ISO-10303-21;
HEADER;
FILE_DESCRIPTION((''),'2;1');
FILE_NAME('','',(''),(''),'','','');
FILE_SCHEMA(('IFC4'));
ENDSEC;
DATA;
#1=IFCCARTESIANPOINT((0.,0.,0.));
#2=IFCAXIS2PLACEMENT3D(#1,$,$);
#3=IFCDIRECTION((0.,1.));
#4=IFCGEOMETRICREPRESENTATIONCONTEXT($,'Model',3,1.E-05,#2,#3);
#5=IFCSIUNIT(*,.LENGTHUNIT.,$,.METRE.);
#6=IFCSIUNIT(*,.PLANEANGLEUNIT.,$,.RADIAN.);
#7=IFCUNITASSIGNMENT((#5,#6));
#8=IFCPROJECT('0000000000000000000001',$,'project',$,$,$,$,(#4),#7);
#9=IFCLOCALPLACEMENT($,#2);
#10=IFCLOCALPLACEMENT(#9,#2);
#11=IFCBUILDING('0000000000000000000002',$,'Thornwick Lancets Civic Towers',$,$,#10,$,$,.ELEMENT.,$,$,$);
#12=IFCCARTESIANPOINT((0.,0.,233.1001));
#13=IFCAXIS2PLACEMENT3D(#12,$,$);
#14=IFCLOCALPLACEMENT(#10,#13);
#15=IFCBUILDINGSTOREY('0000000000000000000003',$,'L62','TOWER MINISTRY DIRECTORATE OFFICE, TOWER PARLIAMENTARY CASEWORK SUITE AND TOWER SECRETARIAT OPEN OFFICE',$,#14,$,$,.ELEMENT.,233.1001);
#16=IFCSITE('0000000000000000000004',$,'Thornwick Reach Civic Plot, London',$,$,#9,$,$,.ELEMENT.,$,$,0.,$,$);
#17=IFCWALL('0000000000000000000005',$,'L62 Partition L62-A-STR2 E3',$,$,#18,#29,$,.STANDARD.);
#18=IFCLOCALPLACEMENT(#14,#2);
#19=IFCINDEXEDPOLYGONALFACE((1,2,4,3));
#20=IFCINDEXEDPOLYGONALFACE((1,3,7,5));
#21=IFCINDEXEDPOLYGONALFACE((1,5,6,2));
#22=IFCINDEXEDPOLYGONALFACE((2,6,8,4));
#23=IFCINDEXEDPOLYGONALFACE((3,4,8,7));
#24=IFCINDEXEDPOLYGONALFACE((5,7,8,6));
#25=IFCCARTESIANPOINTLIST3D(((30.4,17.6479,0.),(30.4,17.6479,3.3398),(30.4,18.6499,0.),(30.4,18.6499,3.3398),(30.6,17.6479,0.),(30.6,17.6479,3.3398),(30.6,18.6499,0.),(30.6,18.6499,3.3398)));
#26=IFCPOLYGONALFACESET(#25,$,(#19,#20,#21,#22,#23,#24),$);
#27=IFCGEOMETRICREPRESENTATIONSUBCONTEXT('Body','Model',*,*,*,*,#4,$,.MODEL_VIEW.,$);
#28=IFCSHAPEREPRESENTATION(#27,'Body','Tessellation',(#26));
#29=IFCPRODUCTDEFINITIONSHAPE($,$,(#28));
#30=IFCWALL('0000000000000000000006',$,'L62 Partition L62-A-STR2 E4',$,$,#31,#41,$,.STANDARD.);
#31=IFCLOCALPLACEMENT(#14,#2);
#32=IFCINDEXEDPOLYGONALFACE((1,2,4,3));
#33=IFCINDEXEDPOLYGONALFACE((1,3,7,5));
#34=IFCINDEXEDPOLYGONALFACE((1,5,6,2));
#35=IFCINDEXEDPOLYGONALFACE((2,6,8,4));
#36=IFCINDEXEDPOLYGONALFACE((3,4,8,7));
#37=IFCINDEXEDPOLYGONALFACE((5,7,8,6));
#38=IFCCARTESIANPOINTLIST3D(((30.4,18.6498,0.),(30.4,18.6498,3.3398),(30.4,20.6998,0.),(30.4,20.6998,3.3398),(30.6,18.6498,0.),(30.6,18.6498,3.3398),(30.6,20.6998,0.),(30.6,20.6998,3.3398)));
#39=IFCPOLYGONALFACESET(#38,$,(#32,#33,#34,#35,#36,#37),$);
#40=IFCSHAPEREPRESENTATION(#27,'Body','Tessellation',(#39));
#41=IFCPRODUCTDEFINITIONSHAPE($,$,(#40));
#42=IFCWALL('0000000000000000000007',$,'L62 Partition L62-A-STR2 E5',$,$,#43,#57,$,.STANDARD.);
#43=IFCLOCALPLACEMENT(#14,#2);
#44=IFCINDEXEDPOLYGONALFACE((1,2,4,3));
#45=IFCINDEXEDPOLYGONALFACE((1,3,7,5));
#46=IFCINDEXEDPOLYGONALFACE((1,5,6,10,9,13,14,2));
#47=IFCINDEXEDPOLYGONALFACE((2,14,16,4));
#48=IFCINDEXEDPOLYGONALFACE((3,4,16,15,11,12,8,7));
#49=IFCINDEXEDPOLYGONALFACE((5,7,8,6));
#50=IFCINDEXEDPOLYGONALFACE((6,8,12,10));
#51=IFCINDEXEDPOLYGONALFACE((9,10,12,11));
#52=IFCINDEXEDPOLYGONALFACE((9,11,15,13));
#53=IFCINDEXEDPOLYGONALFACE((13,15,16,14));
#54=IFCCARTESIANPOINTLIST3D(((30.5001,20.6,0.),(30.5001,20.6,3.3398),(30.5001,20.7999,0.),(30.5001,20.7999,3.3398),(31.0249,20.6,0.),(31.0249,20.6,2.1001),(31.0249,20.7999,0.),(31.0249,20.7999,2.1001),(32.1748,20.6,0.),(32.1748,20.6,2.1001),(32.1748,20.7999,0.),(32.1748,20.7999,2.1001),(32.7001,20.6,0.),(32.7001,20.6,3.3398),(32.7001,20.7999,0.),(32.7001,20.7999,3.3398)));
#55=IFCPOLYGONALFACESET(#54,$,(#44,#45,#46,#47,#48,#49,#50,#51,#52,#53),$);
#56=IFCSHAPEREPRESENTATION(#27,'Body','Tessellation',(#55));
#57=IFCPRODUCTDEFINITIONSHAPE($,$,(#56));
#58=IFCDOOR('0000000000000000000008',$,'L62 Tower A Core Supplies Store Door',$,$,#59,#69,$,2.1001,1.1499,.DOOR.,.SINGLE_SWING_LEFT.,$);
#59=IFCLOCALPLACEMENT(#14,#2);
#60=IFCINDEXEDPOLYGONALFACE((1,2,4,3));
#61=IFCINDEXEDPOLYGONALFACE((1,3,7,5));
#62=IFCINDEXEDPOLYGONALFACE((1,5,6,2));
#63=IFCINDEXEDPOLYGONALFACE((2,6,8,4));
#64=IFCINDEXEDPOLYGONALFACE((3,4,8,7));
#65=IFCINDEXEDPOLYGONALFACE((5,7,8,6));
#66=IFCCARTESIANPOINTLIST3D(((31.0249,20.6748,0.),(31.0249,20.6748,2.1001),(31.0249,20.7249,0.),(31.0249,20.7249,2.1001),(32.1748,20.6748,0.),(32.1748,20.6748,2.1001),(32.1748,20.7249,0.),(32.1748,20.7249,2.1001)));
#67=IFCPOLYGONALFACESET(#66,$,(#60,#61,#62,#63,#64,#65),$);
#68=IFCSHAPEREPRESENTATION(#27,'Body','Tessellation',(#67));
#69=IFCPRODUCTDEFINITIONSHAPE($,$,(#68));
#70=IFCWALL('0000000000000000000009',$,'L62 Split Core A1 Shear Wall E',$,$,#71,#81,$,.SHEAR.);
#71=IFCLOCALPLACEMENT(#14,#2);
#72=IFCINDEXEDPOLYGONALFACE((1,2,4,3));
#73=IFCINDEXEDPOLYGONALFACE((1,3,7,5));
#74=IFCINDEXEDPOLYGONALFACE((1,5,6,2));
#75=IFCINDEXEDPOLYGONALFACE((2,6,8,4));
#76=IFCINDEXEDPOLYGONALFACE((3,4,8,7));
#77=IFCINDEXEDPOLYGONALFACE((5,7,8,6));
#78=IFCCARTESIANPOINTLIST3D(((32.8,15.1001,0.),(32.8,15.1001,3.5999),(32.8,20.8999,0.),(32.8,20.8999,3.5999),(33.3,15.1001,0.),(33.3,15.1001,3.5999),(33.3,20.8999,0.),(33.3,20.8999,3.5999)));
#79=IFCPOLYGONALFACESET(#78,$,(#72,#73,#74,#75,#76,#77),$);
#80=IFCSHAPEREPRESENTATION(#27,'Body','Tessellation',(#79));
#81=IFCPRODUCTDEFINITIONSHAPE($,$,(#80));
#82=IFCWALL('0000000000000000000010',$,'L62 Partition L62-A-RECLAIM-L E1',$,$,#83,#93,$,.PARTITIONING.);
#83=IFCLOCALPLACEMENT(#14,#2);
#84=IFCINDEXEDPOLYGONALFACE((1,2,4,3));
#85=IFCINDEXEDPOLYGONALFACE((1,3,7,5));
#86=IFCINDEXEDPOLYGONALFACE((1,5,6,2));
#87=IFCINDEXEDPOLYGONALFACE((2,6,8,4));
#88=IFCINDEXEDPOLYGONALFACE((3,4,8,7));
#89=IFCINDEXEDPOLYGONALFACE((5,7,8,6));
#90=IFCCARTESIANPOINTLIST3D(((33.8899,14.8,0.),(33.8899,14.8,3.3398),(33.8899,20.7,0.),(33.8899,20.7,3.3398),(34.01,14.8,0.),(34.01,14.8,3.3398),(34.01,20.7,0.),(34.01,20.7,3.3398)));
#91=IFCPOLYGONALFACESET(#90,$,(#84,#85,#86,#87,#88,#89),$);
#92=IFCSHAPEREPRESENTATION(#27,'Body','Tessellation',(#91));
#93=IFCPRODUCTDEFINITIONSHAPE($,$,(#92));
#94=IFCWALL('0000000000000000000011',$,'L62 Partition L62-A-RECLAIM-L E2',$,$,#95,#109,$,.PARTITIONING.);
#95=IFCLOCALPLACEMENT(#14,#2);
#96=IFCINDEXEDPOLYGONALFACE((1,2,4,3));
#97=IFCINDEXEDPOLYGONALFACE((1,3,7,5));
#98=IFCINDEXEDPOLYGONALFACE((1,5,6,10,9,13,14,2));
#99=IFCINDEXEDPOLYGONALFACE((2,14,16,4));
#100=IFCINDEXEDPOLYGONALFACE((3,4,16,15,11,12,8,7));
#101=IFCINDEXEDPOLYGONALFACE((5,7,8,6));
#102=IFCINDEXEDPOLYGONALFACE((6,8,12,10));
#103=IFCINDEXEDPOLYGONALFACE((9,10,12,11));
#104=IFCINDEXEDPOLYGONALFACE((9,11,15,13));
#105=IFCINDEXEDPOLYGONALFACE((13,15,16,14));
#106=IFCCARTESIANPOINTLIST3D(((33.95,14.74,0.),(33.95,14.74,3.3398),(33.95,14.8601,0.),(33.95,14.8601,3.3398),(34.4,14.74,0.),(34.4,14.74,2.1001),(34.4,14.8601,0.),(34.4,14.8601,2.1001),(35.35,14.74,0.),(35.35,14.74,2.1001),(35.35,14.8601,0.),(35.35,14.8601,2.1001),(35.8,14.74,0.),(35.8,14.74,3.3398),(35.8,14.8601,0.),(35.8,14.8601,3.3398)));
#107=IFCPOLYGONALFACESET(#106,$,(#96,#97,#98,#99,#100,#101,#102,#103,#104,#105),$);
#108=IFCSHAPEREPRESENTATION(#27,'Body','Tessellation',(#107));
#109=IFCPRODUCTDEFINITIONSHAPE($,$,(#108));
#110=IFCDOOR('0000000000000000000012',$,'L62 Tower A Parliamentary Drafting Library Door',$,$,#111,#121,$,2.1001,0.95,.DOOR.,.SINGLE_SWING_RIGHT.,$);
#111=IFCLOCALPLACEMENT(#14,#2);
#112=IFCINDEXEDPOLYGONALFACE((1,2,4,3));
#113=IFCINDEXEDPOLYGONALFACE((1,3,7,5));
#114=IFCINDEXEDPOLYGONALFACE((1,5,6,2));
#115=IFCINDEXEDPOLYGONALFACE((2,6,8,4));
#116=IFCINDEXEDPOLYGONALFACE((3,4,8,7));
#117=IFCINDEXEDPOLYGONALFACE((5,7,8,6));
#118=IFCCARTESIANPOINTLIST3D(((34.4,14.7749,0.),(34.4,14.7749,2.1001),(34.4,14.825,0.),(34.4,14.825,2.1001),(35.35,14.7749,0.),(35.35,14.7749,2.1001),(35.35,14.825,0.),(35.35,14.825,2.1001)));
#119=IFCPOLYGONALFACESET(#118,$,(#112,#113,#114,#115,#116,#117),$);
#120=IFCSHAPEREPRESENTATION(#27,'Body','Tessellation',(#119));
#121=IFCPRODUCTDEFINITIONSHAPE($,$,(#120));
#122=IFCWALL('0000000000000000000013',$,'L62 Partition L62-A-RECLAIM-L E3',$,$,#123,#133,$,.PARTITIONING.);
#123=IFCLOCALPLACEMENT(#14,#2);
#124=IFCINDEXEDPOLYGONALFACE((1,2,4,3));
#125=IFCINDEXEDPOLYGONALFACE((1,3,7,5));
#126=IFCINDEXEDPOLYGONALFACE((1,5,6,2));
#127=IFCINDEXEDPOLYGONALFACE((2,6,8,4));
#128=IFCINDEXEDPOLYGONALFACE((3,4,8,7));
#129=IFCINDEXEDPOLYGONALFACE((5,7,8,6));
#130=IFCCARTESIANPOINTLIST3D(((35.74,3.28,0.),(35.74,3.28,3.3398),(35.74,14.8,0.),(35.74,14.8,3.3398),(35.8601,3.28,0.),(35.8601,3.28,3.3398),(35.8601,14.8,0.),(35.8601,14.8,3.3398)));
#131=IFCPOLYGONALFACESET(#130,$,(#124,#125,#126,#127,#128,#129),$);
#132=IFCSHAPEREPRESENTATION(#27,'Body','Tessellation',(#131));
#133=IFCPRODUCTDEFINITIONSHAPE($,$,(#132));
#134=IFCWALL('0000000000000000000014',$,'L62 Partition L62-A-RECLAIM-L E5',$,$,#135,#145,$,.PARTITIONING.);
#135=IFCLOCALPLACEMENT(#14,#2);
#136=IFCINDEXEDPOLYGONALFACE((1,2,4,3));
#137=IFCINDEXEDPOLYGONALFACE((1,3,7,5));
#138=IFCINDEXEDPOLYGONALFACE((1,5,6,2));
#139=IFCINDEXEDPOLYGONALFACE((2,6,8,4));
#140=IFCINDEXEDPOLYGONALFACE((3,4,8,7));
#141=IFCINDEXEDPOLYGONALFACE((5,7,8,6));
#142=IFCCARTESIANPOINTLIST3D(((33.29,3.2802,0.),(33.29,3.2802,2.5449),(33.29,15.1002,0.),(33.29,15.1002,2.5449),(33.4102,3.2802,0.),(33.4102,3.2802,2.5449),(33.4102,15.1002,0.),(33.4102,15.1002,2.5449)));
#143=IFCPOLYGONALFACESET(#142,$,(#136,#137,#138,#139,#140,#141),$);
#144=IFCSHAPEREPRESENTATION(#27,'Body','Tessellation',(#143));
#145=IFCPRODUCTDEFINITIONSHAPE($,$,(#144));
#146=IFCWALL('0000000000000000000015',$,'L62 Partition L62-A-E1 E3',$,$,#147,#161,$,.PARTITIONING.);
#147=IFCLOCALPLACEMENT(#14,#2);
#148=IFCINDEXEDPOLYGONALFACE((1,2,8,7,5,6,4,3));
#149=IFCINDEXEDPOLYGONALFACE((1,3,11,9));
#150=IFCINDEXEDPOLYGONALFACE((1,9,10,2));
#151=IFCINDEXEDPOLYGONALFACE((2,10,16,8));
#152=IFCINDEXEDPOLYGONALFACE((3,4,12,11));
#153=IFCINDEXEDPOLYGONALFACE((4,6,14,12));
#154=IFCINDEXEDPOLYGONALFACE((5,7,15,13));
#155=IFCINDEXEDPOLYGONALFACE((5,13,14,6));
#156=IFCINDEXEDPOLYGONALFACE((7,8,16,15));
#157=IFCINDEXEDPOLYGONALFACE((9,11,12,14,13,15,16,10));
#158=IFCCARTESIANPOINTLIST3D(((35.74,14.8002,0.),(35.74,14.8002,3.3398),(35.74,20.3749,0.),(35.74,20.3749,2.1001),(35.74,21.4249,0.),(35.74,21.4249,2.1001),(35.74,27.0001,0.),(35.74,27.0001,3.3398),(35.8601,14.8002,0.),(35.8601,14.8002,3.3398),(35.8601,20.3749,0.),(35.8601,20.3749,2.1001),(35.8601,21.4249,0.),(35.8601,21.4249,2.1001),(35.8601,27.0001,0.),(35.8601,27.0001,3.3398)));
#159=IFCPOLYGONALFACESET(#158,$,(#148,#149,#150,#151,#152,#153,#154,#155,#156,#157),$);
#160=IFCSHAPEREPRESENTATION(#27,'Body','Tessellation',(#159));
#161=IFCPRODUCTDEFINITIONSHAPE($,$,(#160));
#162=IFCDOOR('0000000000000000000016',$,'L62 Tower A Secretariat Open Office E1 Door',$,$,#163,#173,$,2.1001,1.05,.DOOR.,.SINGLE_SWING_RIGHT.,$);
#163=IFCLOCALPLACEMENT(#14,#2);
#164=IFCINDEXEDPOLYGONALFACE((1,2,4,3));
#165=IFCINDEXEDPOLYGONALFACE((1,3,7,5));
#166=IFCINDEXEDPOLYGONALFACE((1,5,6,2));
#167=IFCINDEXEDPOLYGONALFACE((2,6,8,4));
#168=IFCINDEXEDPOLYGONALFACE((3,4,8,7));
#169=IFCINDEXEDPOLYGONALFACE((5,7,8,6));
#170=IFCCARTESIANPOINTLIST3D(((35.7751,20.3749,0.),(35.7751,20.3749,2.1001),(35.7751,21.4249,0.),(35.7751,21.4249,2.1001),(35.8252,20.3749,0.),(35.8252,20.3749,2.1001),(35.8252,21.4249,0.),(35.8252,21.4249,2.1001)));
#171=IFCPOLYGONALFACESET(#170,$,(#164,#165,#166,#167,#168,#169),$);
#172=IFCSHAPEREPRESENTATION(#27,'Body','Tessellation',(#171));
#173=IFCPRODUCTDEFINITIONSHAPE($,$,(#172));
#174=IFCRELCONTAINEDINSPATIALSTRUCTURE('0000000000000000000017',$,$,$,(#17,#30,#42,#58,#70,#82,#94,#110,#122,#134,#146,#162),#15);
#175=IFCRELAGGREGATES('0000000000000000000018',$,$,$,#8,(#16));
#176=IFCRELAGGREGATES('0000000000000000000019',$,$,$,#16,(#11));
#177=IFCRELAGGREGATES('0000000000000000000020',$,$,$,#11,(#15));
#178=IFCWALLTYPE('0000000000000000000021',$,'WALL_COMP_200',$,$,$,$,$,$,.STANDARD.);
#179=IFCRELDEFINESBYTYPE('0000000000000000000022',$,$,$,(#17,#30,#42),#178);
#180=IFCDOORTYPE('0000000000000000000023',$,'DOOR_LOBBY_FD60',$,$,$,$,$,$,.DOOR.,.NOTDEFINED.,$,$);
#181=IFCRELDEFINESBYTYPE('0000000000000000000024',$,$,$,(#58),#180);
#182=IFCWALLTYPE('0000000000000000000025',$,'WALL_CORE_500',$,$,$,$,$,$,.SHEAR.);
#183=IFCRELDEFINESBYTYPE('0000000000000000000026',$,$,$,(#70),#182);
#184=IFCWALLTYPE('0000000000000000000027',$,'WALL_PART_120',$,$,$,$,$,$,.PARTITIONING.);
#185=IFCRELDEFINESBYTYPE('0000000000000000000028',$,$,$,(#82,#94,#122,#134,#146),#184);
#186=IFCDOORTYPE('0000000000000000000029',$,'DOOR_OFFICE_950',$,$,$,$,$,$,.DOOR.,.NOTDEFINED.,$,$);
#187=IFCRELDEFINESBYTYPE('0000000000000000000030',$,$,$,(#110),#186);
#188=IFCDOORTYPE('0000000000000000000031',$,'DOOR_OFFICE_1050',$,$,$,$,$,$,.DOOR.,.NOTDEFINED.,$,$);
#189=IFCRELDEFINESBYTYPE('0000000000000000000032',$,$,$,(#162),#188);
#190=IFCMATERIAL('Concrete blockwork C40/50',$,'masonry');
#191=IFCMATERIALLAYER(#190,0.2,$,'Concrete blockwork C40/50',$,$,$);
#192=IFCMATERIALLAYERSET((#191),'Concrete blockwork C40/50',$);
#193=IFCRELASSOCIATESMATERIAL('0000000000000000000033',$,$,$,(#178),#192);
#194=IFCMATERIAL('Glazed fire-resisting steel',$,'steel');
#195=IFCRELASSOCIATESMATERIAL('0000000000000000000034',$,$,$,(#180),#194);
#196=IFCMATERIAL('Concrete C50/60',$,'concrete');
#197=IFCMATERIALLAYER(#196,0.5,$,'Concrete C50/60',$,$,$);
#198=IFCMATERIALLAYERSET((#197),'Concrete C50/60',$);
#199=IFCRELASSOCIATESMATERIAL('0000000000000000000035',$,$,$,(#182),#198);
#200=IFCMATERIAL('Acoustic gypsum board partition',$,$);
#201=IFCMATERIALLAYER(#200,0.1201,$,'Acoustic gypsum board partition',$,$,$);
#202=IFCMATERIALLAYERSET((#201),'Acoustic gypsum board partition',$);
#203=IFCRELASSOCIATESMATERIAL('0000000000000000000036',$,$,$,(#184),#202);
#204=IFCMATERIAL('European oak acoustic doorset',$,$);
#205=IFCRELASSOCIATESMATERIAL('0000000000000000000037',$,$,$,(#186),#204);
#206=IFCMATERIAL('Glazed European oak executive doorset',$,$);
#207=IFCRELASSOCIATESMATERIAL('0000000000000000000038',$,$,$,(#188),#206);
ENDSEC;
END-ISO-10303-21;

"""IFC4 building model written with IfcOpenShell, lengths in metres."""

from ifc_helpers import new_model, si_unit, direction, frame, frame_2d, origin, place, context, subcontext, project, spatial, rectangle, extrude, material, layer, layer_set, type_object, element, fill, save


model = new_model("IFC4")

# Units and contexts
model_context = context("Model", 3, precision=1e-05, world=origin(), true_north=direction((0.0, 1.0)))
body_context = subcontext(model_context, "Body", "Model", "MODEL_VIEW")
ifc_project = project(units=[si_unit("LENGTHUNIT", "METRE"), si_unit("PLANEANGLEUNIT", "RADIAN")], contexts=[model_context])

# Site, building, storey
site_placement = place(None, origin())
site = spatial("IfcSite", under=ifc_project, at=site_placement, Name="Thornwick Reach Civic Plot, London", CompositionType="ELEMENT", RefElevation=0.0)
building_placement = place(site_placement, origin())
building = spatial("IfcBuilding", under=site, at=building_placement, Name="Thornwick Lancets Civic Towers", CompositionType="ELEMENT")
storey_placement = place(building_placement, frame((0.0, 0.0, 233.1001)))
storey = spatial("IfcBuildingStorey", under=building, at=storey_placement, Name="L62", Description="TOWER MINISTRY DIRECTORATE OFFICE, TOWER PARLIAMENTARY CASEWORK SUITE AND TOWER SECRETARIAT OPEN OFFICE", CompositionType="ELEMENT", Elevation=233.1001)

# Shared definitions
ifc_material_1 = material(Name="Concrete C50/60", Category="concrete")

# Walls
ifc_material_2 = material(Name="Concrete blockwork C40/50", Category="masonry")
ifc_layer_1 = layer(ifc_material_2, 0.2, Name="Concrete blockwork C40/50")
ifc_layer_set_1 = layer_set([ifc_layer_1], Name="Concrete blockwork C40/50")
wall_type_1 = type_object("IfcWallType", Name="WALL_COMP_200", PredefinedType="STANDARD", material=ifc_layer_set_1)
wall_1_placement = place(storey_placement, frame((30.5, 17.6479, 0.0), z_axis=(0.0, 0.0, 1.0), x_axis=(0.0, 1.0, 0.0)))
element("IfcWall", 1, at=wall_1_placement, inside=storey, type_object=wall_type_1, Name="L62 Partition L62-A-STR2 E3", PredefinedType="STANDARD", context=body_context, shape_type="SweptSolid", body=[
    extrude(rectangle(XDim=1.002, YDim=0.2, at=frame_2d((0.501, 0.0))), origin(), (0.0, 0.0, 1.0), 3.3398),
])
wall_2_placement = place(storey_placement, frame((30.5, 18.6499, 0.0), z_axis=(0.0, 0.0, 1.0), x_axis=(0.0, 1.0, 0.0)))
element("IfcWall", 2, at=wall_2_placement, inside=storey, type_object=wall_type_1, Name="L62 Partition L62-A-STR2 E4", PredefinedType="STANDARD", context=body_context, shape_type="SweptSolid", body=[
    extrude(rectangle(XDim=2.05, YDim=0.2, at=frame_2d((1.0249, 0.0))), origin(), (0.0, 0.0, 1.0), 3.3398),
])

# Wall, opening, door
wall_3_placement = place(storey_placement, frame((30.5, 20.7, 0.0), z_axis=(0.0, 0.0, 1.0), x_axis=(1.0, 0.0, 0.0)))
wall_3 = element("IfcWall", 3, at=wall_3_placement, inside=storey, type_object=wall_type_1, Name="L62 Partition L62-A-STR2 E5", PredefinedType="STANDARD", context=body_context, shape_type="SweptSolid", body=[
    extrude(rectangle(XDim=2.2, YDim=0.2, at=frame_2d((1.1001, 0.0))), origin(), (0.0, 0.0, 1.0), 3.3398),
])
opening_1_placement = place(wall_3_placement, frame((0.5249, 0.0, 0.0)))
opening_1 = element("IfcOpeningElement", 4, at=opening_1_placement, cuts=wall_3, PredefinedType="OPENING", context=body_context, shape_type="SweptSolid", body=[
    extrude(rectangle(XDim=1.1499, YDim=2.1001, at=frame_2d((0.575, 1.05))), frame((0.0, 0.1099, 0.0), z_axis=(0.0, -1.0, 0.0), x_axis=(1.0, 0.0, 0.0)), (0.0, 0.0, 1.0), 0.22),
])
ifc_material_3 = material(Name="Glazed fire-resisting steel", Category="steel")
door_type_1 = type_object("IfcDoorType", Name="DOOR_LOBBY_FD60", OperationType="NOTDEFINED", PredefinedType="DOOR", material=ifc_material_3)
door_1_placement = place(opening_1_placement, origin())
door_1 = element("IfcDoor", 5, at=door_1_placement, inside=storey, type_object=door_type_1, Name="L62 Tower A Core Supplies Store Door", OperationType="SINGLE_SWING_LEFT", OverallHeight=2.1001, OverallWidth=1.1499, PredefinedType="DOOR", context=body_context, shape_type="SweptSolid", body=[
    extrude(rectangle(XDim=1.1499, YDim=2.1001, at=frame_2d((0.575, 1.05))), frame((0.0, 0.0249, 0.0), z_axis=(0.0, -1.0, 0.0), x_axis=(1.0, 0.0, 0.0)), (0.0, 0.0, 1.0), 0.05),
])
fill(opening_1, door_1)

# Walls
ifc_layer_2 = layer(ifc_material_1, 0.5, Name="Concrete C50/60")
ifc_layer_set_2 = layer_set([ifc_layer_2], Name="Concrete C50/60")
wall_type_2 = type_object("IfcWallType", Name="WALL_CORE_500", PredefinedType="SHEAR", material=ifc_layer_set_2)
wall_4_placement = place(storey_placement, frame((33.05, 15.1001, 0.0), z_axis=(0.0, 0.0, 1.0), x_axis=(0.0, 1.0, 0.0)))
element("IfcWall", 6, at=wall_4_placement, inside=storey, type_object=wall_type_2, Name="L62 Split Core A1 Shear Wall E", PredefinedType="SHEAR", context=body_context, shape_type="SweptSolid", body=[
    extrude(rectangle(XDim=5.7998, YDim=0.5, at=frame_2d((2.8999, 0.0))), origin(), (0.0, 0.0, 1.0), 3.5999),
])
ifc_material_4 = material(Name="Acoustic gypsum board partition")
ifc_layer_3 = layer(ifc_material_4, 0.1201, Name="Acoustic gypsum board partition")
ifc_layer_set_3 = layer_set([ifc_layer_3], Name="Acoustic gypsum board partition")
wall_type_3 = type_object("IfcWallType", Name="WALL_PART_120", PredefinedType="PARTITIONING", material=ifc_layer_set_3)
wall_5_placement = place(storey_placement, frame((33.95, 20.7, 0.0), z_axis=(0.0, 0.0, 1.0), x_axis=(0.0, -1.0, 0.0)))
element("IfcWall", 7, at=wall_5_placement, inside=storey, type_object=wall_type_3, Name="L62 Partition L62-A-RECLAIM-L E1", PredefinedType="PARTITIONING", context=body_context, shape_type="SweptSolid", body=[
    extrude(rectangle(XDim=5.8999, YDim=0.1201, at=frame_2d((2.95, 0.0))), origin(), (0.0, 0.0, 1.0), 3.3398),
])

# Wall, opening, door
wall_6_placement = place(storey_placement, frame((33.95, 14.8, 0.0), z_axis=(0.0, 0.0, 1.0), x_axis=(1.0, 0.0, 0.0)))
wall_6 = element("IfcWall", 8, at=wall_6_placement, inside=storey, type_object=wall_type_3, Name="L62 Partition L62-A-RECLAIM-L E2", PredefinedType="PARTITIONING", context=body_context, shape_type="SweptSolid", body=[
    extrude(rectangle(XDim=1.8501, YDim=0.1201, at=frame_2d((0.925, 0.0))), origin(), (0.0, 0.0, 1.0), 3.3398),
])
opening_2_placement = place(wall_6_placement, frame((0.45, 0.0, 0.0)))
opening_2 = element("IfcOpeningElement", 9, at=opening_2_placement, cuts=wall_6, PredefinedType="OPENING", context=body_context, shape_type="SweptSolid", body=[
    extrude(rectangle(XDim=0.95, YDim=2.1001, at=frame_2d((0.4751, 1.05))), frame((0.0, 0.0701, 0.0), z_axis=(0.0, -1.0, 0.0), x_axis=(1.0, 0.0, 0.0)), (0.0, 0.0, 1.0), 0.1401),
])
ifc_material_5 = material(Name="European oak acoustic doorset")
door_type_2 = type_object("IfcDoorType", Name="DOOR_OFFICE_950", OperationType="NOTDEFINED", PredefinedType="DOOR", material=ifc_material_5)
door_2_placement = place(opening_2_placement, origin())
door_2 = element("IfcDoor", 10, at=door_2_placement, inside=storey, type_object=door_type_2, Name="L62 Tower A Parliamentary Drafting Library Door", OperationType="SINGLE_SWING_RIGHT", OverallHeight=2.1001, OverallWidth=0.95, PredefinedType="DOOR", context=body_context, shape_type="SweptSolid", body=[
    extrude(rectangle(XDim=0.95, YDim=2.1001, at=frame_2d((0.4751, 1.05))), frame((0.0, 0.0249, 0.0), z_axis=(0.0, -1.0, 0.0), x_axis=(1.0, 0.0, 0.0)), (0.0, 0.0, 1.0), 0.05),
])
fill(opening_2, door_2)

# Walls
wall_7_placement = place(storey_placement, frame((35.8, 14.8, 0.0), z_axis=(0.0, 0.0, 1.0), x_axis=(0.0, -1.0, 0.0)))
element("IfcWall", 11, at=wall_7_placement, inside=storey, type_object=wall_type_3, Name="L62 Partition L62-A-RECLAIM-L E3", PredefinedType="PARTITIONING", context=body_context, shape_type="SweptSolid", body=[
    extrude(rectangle(XDim=11.52, YDim=0.1201, at=frame_2d((5.76, 0.0))), origin(), (0.0, 0.0, 1.0), 3.3398),
])
wall_8_placement = place(storey_placement, frame((33.3501, 3.28, 0.0), z_axis=(0.0, 0.0, 1.0), x_axis=(0.0, 1.0, 0.0)))
element("IfcWall", 12, at=wall_8_placement, inside=storey, type_object=wall_type_3, Name="L62 Partition L62-A-RECLAIM-L E5", PredefinedType="PARTITIONING", context=body_context, shape_type="SweptSolid", body=[
    extrude(rectangle(XDim=11.8201, YDim=0.1201, at=frame_2d((5.9102, 0.0))), origin(), (0.0, 0.0, 1.0), 2.5449),
])

# Wall, opening, door
wall_9_placement = place(storey_placement, frame((35.8, 14.8, 0.0), z_axis=(0.0, 0.0, 1.0), x_axis=(0.0, 1.0, 0.0)))
wall_9 = element("IfcWall", 13, at=wall_9_placement, inside=storey, type_object=wall_type_3, Name="L62 Partition L62-A-E1 E3", PredefinedType="PARTITIONING", context=body_context, shape_type="SweptSolid", body=[
    extrude(rectangle(XDim=12.2, YDim=0.1201, at=frame_2d((6.1001, 0.0))), origin(), (0.0, 0.0, 1.0), 3.3398),
])
opening_3_placement = place(wall_9_placement, frame((5.575, 0.0, 0.0)))
opening_3 = element("IfcOpeningElement", 14, at=opening_3_placement, cuts=wall_9, PredefinedType="OPENING", context=body_context, shape_type="SweptSolid", body=[
    extrude(rectangle(XDim=1.05, YDim=2.1001, at=frame_2d((0.5249, 1.05))), frame((0.0, 0.0701, 0.0), z_axis=(0.0, -1.0, 0.0), x_axis=(1.0, 0.0, 0.0)), (0.0, 0.0, 1.0), 0.1401),
])
ifc_material_6 = material(Name="Glazed European oak executive doorset")
door_type_3 = type_object("IfcDoorType", Name="DOOR_OFFICE_1050", OperationType="NOTDEFINED", PredefinedType="DOOR", material=ifc_material_6)
door_3_placement = place(opening_3_placement, origin())
door_3 = element("IfcDoor", 15, at=door_3_placement, inside=storey, type_object=door_type_3, Name="L62 Tower A Secretariat Open Office E1 Door", OperationType="SINGLE_SWING_RIGHT", OverallHeight=2.1001, OverallWidth=1.05, PredefinedType="DOOR", context=body_context, shape_type="SweptSolid", body=[
    extrude(rectangle(XDim=1.05, YDim=2.1001, at=frame_2d((0.5249, 1.05))), frame((0.0, 0.0249, 0.0), z_axis=(0.0, -1.0, 0.0), x_axis=(1.0, 0.0, 0.0)), (0.0, 0.0, 1.0), 0.05),
])
fill(opening_3, door_3)

save(model, "model.ifc")
